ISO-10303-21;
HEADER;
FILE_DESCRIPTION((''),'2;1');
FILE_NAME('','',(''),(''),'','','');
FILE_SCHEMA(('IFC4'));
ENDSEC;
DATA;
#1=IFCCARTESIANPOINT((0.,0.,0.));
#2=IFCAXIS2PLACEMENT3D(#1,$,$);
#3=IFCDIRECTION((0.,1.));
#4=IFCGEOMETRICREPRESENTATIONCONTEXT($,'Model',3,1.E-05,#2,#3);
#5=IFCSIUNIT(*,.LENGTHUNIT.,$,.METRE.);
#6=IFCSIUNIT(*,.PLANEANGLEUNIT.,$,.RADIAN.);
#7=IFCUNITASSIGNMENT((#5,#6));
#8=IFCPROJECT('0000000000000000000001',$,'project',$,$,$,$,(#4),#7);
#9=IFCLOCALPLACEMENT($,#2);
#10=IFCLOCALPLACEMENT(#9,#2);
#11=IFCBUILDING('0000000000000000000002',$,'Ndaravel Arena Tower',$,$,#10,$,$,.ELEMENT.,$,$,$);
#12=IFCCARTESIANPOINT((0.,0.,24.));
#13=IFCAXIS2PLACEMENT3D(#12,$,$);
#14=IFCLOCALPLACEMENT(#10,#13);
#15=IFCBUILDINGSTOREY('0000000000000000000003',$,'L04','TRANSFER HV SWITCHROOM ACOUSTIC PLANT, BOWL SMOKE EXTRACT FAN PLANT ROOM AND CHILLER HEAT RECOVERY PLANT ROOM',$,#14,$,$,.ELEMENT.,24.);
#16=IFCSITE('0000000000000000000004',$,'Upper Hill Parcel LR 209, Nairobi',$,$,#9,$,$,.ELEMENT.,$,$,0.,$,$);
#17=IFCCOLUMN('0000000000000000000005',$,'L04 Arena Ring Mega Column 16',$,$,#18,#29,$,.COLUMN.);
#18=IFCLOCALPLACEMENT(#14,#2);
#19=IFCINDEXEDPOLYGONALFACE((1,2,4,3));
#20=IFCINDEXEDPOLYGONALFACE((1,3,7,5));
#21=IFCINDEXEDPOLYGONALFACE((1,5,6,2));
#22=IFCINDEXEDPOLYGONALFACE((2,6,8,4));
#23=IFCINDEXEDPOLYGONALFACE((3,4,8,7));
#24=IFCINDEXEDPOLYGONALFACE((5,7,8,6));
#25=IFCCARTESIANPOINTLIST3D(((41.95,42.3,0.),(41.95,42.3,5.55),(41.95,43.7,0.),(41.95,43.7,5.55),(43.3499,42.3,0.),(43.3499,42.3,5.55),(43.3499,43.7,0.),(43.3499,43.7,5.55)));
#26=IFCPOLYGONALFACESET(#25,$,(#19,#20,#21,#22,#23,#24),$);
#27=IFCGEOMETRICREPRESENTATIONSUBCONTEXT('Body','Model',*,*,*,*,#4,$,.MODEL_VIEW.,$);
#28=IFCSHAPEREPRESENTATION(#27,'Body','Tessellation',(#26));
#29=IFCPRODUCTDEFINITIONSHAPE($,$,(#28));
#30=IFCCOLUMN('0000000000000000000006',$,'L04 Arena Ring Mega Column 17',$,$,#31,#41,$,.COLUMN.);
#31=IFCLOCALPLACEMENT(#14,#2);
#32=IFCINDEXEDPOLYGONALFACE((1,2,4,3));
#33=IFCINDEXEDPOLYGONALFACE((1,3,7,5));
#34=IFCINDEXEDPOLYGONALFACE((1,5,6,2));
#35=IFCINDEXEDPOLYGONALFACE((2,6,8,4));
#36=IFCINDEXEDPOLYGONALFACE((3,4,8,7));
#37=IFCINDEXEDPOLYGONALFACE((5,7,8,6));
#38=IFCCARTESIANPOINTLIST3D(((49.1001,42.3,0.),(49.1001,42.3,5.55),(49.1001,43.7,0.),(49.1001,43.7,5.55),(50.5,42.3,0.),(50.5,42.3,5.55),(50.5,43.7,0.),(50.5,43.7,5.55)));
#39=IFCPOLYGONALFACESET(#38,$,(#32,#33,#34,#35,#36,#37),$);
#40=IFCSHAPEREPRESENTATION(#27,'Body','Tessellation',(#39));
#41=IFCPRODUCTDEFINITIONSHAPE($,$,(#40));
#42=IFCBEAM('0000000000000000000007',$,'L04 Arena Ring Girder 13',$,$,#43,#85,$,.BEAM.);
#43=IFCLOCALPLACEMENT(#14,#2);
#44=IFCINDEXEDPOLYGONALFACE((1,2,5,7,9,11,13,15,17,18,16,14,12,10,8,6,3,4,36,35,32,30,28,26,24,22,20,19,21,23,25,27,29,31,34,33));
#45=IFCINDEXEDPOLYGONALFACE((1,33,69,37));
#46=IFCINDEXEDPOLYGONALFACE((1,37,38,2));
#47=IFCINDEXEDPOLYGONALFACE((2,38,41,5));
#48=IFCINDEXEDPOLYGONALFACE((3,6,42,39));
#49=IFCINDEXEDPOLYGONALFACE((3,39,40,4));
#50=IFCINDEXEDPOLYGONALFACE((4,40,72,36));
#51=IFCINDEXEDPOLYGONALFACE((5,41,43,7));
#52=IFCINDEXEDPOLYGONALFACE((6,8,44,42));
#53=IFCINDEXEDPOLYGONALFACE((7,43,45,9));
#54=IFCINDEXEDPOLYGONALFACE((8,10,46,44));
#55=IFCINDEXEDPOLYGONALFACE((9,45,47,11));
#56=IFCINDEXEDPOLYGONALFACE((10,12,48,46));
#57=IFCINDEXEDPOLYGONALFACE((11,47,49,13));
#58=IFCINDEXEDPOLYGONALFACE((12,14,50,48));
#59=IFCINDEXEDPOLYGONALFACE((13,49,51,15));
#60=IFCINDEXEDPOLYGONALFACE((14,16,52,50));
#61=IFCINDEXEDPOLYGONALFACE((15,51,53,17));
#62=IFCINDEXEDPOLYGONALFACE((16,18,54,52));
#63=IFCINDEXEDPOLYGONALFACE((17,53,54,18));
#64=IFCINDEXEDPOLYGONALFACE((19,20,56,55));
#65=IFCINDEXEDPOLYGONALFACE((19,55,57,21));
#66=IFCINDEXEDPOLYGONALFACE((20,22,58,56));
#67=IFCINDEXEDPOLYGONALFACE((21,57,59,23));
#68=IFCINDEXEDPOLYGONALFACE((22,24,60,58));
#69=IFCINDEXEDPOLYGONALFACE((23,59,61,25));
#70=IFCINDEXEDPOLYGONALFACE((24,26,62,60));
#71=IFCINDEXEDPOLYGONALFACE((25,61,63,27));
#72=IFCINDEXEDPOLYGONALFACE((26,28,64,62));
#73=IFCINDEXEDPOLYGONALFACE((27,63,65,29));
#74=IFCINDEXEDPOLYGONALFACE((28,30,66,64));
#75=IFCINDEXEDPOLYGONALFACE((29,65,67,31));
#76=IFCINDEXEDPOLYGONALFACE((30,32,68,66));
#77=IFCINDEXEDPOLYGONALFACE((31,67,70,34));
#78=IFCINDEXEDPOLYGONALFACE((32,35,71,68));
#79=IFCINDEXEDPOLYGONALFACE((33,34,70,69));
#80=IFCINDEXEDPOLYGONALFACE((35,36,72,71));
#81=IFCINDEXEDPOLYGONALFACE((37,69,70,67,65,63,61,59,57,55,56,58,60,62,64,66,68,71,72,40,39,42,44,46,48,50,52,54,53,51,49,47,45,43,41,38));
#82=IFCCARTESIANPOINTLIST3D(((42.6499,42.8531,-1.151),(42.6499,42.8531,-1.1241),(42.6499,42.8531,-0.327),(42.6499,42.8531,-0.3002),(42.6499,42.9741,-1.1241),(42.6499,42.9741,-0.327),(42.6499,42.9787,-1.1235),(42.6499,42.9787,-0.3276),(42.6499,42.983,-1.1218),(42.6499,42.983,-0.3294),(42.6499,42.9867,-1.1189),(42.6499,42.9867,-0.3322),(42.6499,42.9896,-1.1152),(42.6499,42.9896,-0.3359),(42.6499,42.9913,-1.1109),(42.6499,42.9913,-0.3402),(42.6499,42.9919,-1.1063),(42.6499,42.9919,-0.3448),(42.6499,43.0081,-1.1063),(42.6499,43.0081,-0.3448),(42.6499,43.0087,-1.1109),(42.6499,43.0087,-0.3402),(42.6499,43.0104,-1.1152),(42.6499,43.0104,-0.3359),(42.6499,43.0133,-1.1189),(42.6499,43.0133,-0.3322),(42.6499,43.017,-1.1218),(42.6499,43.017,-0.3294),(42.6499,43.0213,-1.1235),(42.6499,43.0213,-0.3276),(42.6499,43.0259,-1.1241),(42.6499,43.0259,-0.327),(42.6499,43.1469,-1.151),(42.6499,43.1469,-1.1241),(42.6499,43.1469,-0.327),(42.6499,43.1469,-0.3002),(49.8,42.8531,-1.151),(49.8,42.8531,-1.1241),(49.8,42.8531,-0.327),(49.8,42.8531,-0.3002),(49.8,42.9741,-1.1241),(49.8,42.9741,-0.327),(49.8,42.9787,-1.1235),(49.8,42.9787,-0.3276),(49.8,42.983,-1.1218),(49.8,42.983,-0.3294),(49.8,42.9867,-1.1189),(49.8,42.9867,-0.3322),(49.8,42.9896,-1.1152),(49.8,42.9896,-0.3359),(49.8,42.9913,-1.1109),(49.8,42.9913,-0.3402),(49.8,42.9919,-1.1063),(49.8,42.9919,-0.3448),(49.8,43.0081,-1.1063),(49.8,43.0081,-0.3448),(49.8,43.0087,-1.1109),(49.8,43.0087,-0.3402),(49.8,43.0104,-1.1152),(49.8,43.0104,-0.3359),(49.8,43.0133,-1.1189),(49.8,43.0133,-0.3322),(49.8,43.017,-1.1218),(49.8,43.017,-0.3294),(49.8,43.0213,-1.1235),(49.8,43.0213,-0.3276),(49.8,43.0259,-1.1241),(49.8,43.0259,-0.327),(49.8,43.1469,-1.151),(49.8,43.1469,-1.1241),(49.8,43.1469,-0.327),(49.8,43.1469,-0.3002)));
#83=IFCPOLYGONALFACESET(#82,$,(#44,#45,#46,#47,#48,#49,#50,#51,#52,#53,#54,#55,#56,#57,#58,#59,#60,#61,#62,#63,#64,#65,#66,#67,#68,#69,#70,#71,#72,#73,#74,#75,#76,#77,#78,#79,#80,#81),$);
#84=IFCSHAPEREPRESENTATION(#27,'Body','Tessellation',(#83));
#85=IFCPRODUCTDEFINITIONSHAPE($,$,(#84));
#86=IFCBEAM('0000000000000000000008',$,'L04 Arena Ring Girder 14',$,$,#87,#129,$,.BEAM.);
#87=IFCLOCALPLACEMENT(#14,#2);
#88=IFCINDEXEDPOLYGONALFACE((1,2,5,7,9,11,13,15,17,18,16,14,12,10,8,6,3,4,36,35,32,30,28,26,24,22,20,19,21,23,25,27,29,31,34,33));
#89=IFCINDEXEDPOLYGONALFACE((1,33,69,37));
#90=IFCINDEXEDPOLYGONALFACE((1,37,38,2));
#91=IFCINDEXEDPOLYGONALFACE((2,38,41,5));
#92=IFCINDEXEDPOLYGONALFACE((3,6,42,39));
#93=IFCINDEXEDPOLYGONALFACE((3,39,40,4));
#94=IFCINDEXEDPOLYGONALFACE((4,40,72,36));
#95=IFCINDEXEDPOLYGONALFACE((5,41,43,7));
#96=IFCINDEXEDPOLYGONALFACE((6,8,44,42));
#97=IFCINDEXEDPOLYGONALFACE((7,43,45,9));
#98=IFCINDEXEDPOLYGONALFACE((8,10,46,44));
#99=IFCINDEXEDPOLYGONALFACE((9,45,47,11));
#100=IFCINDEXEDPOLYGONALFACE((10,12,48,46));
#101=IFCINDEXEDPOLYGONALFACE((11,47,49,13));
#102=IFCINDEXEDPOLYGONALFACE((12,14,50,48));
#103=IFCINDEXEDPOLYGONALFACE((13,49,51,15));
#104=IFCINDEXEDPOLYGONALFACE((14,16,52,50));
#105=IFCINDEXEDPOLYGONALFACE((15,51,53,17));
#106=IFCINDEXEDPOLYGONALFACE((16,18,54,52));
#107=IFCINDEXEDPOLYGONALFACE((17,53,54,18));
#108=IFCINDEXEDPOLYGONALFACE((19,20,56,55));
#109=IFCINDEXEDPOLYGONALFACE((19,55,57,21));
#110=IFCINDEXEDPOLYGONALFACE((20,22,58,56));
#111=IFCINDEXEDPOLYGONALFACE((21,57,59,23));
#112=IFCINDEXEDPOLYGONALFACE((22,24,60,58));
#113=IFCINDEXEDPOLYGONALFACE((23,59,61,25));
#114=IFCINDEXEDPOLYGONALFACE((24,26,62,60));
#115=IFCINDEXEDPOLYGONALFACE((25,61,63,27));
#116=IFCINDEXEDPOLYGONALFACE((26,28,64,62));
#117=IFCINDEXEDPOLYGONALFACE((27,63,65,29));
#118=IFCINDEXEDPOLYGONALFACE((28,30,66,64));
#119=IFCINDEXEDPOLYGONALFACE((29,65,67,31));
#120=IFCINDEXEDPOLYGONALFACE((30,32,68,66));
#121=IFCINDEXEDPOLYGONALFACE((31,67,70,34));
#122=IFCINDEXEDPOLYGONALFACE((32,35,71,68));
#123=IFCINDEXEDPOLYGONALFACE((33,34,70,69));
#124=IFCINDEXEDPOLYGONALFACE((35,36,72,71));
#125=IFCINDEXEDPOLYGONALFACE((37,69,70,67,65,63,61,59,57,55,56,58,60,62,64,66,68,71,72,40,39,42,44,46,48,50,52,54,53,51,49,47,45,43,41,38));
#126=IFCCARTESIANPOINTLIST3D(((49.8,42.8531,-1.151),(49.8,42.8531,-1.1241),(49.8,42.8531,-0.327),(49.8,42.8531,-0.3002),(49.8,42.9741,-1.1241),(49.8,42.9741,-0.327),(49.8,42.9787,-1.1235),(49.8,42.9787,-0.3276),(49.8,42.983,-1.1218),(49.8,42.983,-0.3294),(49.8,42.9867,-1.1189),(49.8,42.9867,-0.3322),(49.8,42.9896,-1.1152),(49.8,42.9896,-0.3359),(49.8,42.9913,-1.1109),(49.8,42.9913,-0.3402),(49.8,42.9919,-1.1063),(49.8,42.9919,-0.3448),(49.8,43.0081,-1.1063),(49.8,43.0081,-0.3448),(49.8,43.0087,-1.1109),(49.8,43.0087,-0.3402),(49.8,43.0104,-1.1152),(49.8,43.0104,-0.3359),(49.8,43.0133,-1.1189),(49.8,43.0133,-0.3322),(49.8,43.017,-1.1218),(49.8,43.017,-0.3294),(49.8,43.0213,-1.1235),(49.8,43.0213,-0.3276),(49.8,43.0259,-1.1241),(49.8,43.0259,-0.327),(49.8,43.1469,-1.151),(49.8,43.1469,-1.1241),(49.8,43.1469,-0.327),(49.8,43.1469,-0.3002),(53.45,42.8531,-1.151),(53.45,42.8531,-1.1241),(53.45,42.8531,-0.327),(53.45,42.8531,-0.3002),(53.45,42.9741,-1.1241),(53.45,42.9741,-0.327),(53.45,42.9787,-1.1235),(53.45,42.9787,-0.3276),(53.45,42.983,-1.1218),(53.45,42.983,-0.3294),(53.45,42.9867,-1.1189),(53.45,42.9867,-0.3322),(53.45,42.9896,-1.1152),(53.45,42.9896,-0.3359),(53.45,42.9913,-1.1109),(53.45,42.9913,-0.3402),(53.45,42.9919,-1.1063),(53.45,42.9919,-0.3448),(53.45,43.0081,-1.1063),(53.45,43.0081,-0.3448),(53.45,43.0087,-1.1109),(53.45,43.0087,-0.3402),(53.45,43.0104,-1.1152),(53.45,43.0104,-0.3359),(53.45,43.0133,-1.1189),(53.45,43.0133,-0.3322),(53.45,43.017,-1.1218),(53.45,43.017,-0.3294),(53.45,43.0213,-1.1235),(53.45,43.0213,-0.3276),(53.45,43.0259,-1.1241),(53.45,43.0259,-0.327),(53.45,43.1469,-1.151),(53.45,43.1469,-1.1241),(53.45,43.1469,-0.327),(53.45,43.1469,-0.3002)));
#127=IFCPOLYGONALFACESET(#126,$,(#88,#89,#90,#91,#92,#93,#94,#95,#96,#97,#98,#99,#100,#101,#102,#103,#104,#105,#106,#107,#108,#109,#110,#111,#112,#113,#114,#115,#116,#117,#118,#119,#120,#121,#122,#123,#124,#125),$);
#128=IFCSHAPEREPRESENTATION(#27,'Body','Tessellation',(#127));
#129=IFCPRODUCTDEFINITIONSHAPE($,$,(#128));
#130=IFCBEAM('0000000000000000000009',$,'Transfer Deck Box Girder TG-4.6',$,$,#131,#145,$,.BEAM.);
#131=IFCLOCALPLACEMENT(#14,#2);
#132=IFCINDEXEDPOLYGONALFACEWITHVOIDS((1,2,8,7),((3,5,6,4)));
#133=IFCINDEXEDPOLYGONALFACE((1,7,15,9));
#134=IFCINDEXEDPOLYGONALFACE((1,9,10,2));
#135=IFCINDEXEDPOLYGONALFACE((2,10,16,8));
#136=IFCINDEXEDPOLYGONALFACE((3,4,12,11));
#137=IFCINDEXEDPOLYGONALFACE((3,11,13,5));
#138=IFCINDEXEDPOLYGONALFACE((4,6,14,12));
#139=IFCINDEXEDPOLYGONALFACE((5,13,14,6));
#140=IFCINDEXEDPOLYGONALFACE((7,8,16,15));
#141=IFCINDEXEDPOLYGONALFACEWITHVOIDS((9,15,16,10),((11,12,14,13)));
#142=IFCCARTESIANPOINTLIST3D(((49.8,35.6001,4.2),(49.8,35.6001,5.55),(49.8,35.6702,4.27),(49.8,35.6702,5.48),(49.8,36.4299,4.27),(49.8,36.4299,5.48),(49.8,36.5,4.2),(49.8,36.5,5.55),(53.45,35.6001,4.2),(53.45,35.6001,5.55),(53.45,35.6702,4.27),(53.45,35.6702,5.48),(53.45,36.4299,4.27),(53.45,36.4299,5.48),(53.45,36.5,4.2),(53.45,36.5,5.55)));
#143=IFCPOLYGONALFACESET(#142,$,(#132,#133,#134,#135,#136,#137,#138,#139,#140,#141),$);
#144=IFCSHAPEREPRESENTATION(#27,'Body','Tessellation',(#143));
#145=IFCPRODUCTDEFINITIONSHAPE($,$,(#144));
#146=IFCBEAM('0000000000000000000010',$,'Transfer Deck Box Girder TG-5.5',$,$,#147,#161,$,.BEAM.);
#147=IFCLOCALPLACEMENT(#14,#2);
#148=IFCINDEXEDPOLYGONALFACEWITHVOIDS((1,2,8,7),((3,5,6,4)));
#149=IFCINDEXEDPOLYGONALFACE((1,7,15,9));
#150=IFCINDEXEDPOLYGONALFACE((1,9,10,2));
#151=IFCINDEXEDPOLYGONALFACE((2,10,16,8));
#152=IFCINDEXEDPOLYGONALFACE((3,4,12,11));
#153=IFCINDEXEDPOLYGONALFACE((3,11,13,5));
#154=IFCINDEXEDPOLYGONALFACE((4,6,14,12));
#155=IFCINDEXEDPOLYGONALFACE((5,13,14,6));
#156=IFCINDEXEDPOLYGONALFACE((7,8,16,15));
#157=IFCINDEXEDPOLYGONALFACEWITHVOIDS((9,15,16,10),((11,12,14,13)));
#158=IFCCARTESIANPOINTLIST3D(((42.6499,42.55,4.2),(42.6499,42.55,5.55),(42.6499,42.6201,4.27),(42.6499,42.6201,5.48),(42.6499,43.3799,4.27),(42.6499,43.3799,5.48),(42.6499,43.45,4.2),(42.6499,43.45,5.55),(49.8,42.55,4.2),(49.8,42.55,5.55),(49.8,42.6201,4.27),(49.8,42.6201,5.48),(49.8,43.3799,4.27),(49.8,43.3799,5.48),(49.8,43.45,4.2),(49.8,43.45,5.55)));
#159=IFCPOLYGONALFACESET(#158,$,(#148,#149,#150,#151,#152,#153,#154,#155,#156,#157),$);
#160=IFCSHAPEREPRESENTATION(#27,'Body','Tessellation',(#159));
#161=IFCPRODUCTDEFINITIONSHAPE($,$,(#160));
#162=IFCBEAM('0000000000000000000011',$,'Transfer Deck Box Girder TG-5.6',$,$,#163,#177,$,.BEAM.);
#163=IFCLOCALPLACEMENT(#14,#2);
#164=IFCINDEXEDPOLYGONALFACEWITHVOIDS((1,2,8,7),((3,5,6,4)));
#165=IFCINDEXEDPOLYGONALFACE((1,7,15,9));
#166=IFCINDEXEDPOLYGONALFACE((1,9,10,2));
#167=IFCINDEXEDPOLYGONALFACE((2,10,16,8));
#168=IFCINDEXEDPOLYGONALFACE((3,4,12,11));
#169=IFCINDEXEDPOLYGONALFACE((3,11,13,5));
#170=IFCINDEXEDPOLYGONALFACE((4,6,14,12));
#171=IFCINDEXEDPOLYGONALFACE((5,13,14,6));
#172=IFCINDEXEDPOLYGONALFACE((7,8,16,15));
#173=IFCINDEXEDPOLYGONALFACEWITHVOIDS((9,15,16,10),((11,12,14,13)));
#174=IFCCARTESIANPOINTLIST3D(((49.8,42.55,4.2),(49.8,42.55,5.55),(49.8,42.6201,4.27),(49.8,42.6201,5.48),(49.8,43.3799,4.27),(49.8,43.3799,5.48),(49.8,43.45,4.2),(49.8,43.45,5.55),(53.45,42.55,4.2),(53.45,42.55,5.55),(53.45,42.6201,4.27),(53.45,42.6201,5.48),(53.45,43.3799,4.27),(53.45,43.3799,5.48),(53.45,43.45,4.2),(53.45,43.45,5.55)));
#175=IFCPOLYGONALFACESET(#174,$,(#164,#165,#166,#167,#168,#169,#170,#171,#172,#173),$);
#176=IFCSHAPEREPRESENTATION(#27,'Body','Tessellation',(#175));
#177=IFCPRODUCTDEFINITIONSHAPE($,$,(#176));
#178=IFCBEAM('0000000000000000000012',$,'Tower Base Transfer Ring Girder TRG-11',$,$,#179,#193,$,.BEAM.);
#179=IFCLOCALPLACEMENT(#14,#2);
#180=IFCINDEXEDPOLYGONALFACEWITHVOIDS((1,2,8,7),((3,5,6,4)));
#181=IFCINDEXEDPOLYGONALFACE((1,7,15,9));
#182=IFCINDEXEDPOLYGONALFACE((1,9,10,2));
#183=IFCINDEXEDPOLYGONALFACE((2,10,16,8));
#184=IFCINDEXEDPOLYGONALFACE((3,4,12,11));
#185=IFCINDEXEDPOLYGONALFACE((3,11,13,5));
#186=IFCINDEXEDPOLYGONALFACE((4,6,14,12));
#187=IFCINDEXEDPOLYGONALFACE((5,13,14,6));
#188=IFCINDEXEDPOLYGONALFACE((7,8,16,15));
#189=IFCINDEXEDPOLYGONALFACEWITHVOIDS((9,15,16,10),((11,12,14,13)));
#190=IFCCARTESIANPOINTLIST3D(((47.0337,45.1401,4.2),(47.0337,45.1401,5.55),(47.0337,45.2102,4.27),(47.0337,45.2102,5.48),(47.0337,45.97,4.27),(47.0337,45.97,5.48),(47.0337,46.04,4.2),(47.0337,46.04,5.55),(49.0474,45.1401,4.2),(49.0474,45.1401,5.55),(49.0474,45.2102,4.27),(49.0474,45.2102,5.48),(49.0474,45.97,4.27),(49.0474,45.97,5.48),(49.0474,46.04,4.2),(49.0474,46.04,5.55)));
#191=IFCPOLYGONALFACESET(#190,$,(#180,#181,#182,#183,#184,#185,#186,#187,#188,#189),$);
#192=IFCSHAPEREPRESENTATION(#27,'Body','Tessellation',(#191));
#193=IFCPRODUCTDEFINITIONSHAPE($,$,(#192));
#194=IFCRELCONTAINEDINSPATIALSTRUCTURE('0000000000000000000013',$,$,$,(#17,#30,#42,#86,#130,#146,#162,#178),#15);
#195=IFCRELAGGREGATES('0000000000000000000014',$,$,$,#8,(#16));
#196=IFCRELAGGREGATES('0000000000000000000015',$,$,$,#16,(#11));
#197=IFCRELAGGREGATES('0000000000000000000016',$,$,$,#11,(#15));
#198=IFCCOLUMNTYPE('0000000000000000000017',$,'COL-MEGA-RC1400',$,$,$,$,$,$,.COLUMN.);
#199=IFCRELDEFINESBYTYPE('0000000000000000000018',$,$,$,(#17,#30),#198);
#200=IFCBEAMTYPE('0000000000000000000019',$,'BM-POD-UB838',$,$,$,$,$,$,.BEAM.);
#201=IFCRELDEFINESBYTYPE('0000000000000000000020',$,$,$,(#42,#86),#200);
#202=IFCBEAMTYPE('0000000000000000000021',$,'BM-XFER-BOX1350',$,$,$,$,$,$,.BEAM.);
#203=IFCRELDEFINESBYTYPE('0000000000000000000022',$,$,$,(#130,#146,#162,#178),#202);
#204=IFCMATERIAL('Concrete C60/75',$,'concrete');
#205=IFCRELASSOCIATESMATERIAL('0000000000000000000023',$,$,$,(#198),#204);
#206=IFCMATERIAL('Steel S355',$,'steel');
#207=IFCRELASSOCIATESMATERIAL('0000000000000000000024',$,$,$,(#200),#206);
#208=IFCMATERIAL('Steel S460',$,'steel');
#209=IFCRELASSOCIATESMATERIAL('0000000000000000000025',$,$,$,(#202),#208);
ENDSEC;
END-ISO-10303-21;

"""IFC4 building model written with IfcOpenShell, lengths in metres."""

from ifc_helpers import new_model, si_unit, direction, frame, origin, origin_2d, place, context, subcontext, project, spatial, rectangle, hollow_rectangle, i_section, extrude, material, material_profile, profile_set, type_object, element, save


model = new_model("IFC4")

# Units and contexts
model_context = context("Model", 3, precision=1e-05, world=origin(), true_north=direction((0.0, 1.0)))
body_context = subcontext(model_context, "Body", "Model", "MODEL_VIEW")
ifc_project = project(units=[si_unit("LENGTHUNIT", "METRE"), si_unit("PLANEANGLEUNIT", "RADIAN")], contexts=[model_context])

# Site, building, storey
site_placement = place(None, origin())
site = spatial("IfcSite", under=ifc_project, at=site_placement, Name="Upper Hill Parcel LR 209, Nairobi", CompositionType="ELEMENT", RefElevation=0.0)
building_placement = place(site_placement, origin())
building = spatial("IfcBuilding", under=site, at=building_placement, Name="Ndaravel Arena Tower", CompositionType="ELEMENT")
storey_placement = place(building_placement, frame((0.0, 0.0, 24.0)))
storey = spatial("IfcBuildingStorey", under=building, at=storey_placement, Name="L04", Description="TRANSFER HV SWITCHROOM ACOUSTIC PLANT, BOWL SMOKE EXTRACT FAN PLANT ROOM AND CHILLER HEAT RECOVERY PLANT ROOM", CompositionType="ELEMENT", Elevation=24.0)

# Columns
ifc_material_1 = material(Name="Concrete C60/75", Category="concrete")
ifc_material_profile_1 = material_profile(ifc_material_1, rectangle(XDim=1.3999, YDim=1.3999, at=origin_2d()), Name="RC 1400x1400")
ifc_profile_set_1 = profile_set([ifc_material_profile_1], Name="Concrete C60/75")
column_type = type_object("IfcColumnType", Name="COL-MEGA-RC1400", PredefinedType="COLUMN", material=ifc_profile_set_1)
for number, where, z_axis, x_axis, name in (
    (1, (42.6499, 43.0, 0.0), (0.0, 0.0, 1.0), (1.0, 0.0, 0.0), "L04 Arena Ring Mega Column 16"),
    (2, (49.8, 43.0, 0.0), (0.0, 0.0, 1.0), (1.0, 0.0, 0.0), "L04 Arena Ring Mega Column 17"),
):
    element("IfcColumn", number, at=place(storey_placement, frame(where, z_axis=z_axis, x_axis=x_axis)), inside=storey, type_object=column_type, Name=name, PredefinedType="COLUMN", context=body_context, shape_type="SweptSolid", body=[
        extrude(rectangle(XDim=1.3999, YDim=1.3999, at=origin_2d()), origin(), (0.0, 0.0, 1.0), 5.55),
    ])

# Beams
ifc_material_2 = material(Name="Steel S355", Category="steel")
ifc_material_profile_2 = material_profile(ifc_material_2, i_section(OverallWidth=0.2937, OverallDepth=0.8508, WebThickness=0.0161, FlangeThickness=0.0269, FilletRadius=0.0178, at=origin_2d()), Name="UB 838x292x226")
ifc_profile_set_2 = profile_set([ifc_material_profile_2], Name="Steel S355")
beam_type_1 = type_object("IfcBeamType", Name="BM-POD-UB838", PredefinedType="BEAM", material=ifc_profile_set_2)
beam_1_placement = place(storey_placement, frame((42.6499, 43.0, -0.7256), z_axis=(1.0, 0.0, 0.0), x_axis=(0.0, 1.0, 0.0)))
element("IfcBeam", 3, at=beam_1_placement, inside=storey, type_object=beam_type_1, Name="L04 Arena Ring Girder 13", PredefinedType="BEAM", context=body_context, shape_type="SweptSolid", body=[
    extrude(i_section(OverallWidth=0.2937, OverallDepth=0.8508, WebThickness=0.0161, FlangeThickness=0.0269, FilletRadius=0.0178, at=origin_2d()), origin(), (0.0, 0.0, 1.0), 7.1501),
])
beam_2_placement = place(storey_placement, frame((49.8, 43.0, -0.7256), z_axis=(1.0, 0.0, 0.0), x_axis=(0.0, 1.0, 0.0)))
element("IfcBeam", 4, at=beam_2_placement, inside=storey, type_object=beam_type_1, Name="L04 Arena Ring Girder 14", PredefinedType="BEAM", context=body_context, shape_type="SweptSolid", body=[
    extrude(i_section(OverallWidth=0.2937, OverallDepth=0.8508, WebThickness=0.0161, FlangeThickness=0.0269, FilletRadius=0.0178, at=origin_2d()), origin(), (0.0, 0.0, 1.0), 3.6499),
])
ifc_material_3 = material(Name="Steel S460", Category="steel")
ifc_material_profile_3 = material_profile(ifc_material_3, hollow_rectangle(XDim=0.8999, YDim=1.3501, WallThickness=0.0701, at=origin_2d()), Name="BOX 1350x900x70")
ifc_profile_set_3 = profile_set([ifc_material_profile_3], Name="Steel S460")
beam_type_2 = type_object("IfcBeamType", Name="BM-XFER-BOX1350", PredefinedType="BEAM", material=ifc_profile_set_3)
beam_3_placement = place(storey_placement, frame((49.8, 36.05, 4.875), z_axis=(1.0, 0.0, 0.0), x_axis=(0.0, 1.0, 0.0)))
element("IfcBeam", 5, at=beam_3_placement, inside=storey, type_object=beam_type_2, Name="Transfer Deck Box Girder TG-4.6", PredefinedType="BEAM", context=body_context, shape_type="SweptSolid", body=[
    extrude(hollow_rectangle(XDim=0.8999, YDim=1.3501, WallThickness=0.0701, at=origin_2d()), origin(), (0.0, 0.0, 1.0), 3.6499),
])
beam_4_placement = place(storey_placement, frame((42.6499, 43.0, 4.875), z_axis=(1.0, 0.0, 0.0), x_axis=(0.0, 1.0, 0.0)))
element("IfcBeam", 6, at=beam_4_placement, inside=storey, type_object=beam_type_2, Name="Transfer Deck Box Girder TG-5.5", PredefinedType="BEAM", context=body_context, shape_type="SweptSolid", body=[
    extrude(hollow_rectangle(XDim=0.8999, YDim=1.3501, WallThickness=0.0701, at=origin_2d()), origin(), (0.0, 0.0, 1.0), 7.1501),
])
beam_5_placement = place(storey_placement, frame((49.8, 43.0, 4.875), z_axis=(1.0, 0.0, 0.0), x_axis=(0.0, 1.0, 0.0)))
element("IfcBeam", 7, at=beam_5_placement, inside=storey, type_object=beam_type_2, Name="Transfer Deck Box Girder TG-5.6", PredefinedType="BEAM", context=body_context, shape_type="SweptSolid", body=[
    extrude(hollow_rectangle(XDim=0.8999, YDim=1.3501, WallThickness=0.0701, at=origin_2d()), origin(), (0.0, 0.0, 1.0), 3.6499),
])
beam_6_placement = place(storey_placement, frame((49.0474, 45.5901, 4.875), z_axis=(-1.0, 0.0, 0.0), x_axis=(0.0, -1.0, 0.0)))
element("IfcBeam", 8, at=beam_6_placement, inside=storey, type_object=beam_type_2, Name="Tower Base Transfer Ring Girder TRG-11", PredefinedType="BEAM", context=body_context, shape_type="SweptSolid", body=[
    extrude(hollow_rectangle(XDim=0.8999, YDim=1.3501, WallThickness=0.0701, at=origin_2d()), origin(), (0.0, 0.0, 1.0), 2.0137),
])

save(model, "model.ifc")
